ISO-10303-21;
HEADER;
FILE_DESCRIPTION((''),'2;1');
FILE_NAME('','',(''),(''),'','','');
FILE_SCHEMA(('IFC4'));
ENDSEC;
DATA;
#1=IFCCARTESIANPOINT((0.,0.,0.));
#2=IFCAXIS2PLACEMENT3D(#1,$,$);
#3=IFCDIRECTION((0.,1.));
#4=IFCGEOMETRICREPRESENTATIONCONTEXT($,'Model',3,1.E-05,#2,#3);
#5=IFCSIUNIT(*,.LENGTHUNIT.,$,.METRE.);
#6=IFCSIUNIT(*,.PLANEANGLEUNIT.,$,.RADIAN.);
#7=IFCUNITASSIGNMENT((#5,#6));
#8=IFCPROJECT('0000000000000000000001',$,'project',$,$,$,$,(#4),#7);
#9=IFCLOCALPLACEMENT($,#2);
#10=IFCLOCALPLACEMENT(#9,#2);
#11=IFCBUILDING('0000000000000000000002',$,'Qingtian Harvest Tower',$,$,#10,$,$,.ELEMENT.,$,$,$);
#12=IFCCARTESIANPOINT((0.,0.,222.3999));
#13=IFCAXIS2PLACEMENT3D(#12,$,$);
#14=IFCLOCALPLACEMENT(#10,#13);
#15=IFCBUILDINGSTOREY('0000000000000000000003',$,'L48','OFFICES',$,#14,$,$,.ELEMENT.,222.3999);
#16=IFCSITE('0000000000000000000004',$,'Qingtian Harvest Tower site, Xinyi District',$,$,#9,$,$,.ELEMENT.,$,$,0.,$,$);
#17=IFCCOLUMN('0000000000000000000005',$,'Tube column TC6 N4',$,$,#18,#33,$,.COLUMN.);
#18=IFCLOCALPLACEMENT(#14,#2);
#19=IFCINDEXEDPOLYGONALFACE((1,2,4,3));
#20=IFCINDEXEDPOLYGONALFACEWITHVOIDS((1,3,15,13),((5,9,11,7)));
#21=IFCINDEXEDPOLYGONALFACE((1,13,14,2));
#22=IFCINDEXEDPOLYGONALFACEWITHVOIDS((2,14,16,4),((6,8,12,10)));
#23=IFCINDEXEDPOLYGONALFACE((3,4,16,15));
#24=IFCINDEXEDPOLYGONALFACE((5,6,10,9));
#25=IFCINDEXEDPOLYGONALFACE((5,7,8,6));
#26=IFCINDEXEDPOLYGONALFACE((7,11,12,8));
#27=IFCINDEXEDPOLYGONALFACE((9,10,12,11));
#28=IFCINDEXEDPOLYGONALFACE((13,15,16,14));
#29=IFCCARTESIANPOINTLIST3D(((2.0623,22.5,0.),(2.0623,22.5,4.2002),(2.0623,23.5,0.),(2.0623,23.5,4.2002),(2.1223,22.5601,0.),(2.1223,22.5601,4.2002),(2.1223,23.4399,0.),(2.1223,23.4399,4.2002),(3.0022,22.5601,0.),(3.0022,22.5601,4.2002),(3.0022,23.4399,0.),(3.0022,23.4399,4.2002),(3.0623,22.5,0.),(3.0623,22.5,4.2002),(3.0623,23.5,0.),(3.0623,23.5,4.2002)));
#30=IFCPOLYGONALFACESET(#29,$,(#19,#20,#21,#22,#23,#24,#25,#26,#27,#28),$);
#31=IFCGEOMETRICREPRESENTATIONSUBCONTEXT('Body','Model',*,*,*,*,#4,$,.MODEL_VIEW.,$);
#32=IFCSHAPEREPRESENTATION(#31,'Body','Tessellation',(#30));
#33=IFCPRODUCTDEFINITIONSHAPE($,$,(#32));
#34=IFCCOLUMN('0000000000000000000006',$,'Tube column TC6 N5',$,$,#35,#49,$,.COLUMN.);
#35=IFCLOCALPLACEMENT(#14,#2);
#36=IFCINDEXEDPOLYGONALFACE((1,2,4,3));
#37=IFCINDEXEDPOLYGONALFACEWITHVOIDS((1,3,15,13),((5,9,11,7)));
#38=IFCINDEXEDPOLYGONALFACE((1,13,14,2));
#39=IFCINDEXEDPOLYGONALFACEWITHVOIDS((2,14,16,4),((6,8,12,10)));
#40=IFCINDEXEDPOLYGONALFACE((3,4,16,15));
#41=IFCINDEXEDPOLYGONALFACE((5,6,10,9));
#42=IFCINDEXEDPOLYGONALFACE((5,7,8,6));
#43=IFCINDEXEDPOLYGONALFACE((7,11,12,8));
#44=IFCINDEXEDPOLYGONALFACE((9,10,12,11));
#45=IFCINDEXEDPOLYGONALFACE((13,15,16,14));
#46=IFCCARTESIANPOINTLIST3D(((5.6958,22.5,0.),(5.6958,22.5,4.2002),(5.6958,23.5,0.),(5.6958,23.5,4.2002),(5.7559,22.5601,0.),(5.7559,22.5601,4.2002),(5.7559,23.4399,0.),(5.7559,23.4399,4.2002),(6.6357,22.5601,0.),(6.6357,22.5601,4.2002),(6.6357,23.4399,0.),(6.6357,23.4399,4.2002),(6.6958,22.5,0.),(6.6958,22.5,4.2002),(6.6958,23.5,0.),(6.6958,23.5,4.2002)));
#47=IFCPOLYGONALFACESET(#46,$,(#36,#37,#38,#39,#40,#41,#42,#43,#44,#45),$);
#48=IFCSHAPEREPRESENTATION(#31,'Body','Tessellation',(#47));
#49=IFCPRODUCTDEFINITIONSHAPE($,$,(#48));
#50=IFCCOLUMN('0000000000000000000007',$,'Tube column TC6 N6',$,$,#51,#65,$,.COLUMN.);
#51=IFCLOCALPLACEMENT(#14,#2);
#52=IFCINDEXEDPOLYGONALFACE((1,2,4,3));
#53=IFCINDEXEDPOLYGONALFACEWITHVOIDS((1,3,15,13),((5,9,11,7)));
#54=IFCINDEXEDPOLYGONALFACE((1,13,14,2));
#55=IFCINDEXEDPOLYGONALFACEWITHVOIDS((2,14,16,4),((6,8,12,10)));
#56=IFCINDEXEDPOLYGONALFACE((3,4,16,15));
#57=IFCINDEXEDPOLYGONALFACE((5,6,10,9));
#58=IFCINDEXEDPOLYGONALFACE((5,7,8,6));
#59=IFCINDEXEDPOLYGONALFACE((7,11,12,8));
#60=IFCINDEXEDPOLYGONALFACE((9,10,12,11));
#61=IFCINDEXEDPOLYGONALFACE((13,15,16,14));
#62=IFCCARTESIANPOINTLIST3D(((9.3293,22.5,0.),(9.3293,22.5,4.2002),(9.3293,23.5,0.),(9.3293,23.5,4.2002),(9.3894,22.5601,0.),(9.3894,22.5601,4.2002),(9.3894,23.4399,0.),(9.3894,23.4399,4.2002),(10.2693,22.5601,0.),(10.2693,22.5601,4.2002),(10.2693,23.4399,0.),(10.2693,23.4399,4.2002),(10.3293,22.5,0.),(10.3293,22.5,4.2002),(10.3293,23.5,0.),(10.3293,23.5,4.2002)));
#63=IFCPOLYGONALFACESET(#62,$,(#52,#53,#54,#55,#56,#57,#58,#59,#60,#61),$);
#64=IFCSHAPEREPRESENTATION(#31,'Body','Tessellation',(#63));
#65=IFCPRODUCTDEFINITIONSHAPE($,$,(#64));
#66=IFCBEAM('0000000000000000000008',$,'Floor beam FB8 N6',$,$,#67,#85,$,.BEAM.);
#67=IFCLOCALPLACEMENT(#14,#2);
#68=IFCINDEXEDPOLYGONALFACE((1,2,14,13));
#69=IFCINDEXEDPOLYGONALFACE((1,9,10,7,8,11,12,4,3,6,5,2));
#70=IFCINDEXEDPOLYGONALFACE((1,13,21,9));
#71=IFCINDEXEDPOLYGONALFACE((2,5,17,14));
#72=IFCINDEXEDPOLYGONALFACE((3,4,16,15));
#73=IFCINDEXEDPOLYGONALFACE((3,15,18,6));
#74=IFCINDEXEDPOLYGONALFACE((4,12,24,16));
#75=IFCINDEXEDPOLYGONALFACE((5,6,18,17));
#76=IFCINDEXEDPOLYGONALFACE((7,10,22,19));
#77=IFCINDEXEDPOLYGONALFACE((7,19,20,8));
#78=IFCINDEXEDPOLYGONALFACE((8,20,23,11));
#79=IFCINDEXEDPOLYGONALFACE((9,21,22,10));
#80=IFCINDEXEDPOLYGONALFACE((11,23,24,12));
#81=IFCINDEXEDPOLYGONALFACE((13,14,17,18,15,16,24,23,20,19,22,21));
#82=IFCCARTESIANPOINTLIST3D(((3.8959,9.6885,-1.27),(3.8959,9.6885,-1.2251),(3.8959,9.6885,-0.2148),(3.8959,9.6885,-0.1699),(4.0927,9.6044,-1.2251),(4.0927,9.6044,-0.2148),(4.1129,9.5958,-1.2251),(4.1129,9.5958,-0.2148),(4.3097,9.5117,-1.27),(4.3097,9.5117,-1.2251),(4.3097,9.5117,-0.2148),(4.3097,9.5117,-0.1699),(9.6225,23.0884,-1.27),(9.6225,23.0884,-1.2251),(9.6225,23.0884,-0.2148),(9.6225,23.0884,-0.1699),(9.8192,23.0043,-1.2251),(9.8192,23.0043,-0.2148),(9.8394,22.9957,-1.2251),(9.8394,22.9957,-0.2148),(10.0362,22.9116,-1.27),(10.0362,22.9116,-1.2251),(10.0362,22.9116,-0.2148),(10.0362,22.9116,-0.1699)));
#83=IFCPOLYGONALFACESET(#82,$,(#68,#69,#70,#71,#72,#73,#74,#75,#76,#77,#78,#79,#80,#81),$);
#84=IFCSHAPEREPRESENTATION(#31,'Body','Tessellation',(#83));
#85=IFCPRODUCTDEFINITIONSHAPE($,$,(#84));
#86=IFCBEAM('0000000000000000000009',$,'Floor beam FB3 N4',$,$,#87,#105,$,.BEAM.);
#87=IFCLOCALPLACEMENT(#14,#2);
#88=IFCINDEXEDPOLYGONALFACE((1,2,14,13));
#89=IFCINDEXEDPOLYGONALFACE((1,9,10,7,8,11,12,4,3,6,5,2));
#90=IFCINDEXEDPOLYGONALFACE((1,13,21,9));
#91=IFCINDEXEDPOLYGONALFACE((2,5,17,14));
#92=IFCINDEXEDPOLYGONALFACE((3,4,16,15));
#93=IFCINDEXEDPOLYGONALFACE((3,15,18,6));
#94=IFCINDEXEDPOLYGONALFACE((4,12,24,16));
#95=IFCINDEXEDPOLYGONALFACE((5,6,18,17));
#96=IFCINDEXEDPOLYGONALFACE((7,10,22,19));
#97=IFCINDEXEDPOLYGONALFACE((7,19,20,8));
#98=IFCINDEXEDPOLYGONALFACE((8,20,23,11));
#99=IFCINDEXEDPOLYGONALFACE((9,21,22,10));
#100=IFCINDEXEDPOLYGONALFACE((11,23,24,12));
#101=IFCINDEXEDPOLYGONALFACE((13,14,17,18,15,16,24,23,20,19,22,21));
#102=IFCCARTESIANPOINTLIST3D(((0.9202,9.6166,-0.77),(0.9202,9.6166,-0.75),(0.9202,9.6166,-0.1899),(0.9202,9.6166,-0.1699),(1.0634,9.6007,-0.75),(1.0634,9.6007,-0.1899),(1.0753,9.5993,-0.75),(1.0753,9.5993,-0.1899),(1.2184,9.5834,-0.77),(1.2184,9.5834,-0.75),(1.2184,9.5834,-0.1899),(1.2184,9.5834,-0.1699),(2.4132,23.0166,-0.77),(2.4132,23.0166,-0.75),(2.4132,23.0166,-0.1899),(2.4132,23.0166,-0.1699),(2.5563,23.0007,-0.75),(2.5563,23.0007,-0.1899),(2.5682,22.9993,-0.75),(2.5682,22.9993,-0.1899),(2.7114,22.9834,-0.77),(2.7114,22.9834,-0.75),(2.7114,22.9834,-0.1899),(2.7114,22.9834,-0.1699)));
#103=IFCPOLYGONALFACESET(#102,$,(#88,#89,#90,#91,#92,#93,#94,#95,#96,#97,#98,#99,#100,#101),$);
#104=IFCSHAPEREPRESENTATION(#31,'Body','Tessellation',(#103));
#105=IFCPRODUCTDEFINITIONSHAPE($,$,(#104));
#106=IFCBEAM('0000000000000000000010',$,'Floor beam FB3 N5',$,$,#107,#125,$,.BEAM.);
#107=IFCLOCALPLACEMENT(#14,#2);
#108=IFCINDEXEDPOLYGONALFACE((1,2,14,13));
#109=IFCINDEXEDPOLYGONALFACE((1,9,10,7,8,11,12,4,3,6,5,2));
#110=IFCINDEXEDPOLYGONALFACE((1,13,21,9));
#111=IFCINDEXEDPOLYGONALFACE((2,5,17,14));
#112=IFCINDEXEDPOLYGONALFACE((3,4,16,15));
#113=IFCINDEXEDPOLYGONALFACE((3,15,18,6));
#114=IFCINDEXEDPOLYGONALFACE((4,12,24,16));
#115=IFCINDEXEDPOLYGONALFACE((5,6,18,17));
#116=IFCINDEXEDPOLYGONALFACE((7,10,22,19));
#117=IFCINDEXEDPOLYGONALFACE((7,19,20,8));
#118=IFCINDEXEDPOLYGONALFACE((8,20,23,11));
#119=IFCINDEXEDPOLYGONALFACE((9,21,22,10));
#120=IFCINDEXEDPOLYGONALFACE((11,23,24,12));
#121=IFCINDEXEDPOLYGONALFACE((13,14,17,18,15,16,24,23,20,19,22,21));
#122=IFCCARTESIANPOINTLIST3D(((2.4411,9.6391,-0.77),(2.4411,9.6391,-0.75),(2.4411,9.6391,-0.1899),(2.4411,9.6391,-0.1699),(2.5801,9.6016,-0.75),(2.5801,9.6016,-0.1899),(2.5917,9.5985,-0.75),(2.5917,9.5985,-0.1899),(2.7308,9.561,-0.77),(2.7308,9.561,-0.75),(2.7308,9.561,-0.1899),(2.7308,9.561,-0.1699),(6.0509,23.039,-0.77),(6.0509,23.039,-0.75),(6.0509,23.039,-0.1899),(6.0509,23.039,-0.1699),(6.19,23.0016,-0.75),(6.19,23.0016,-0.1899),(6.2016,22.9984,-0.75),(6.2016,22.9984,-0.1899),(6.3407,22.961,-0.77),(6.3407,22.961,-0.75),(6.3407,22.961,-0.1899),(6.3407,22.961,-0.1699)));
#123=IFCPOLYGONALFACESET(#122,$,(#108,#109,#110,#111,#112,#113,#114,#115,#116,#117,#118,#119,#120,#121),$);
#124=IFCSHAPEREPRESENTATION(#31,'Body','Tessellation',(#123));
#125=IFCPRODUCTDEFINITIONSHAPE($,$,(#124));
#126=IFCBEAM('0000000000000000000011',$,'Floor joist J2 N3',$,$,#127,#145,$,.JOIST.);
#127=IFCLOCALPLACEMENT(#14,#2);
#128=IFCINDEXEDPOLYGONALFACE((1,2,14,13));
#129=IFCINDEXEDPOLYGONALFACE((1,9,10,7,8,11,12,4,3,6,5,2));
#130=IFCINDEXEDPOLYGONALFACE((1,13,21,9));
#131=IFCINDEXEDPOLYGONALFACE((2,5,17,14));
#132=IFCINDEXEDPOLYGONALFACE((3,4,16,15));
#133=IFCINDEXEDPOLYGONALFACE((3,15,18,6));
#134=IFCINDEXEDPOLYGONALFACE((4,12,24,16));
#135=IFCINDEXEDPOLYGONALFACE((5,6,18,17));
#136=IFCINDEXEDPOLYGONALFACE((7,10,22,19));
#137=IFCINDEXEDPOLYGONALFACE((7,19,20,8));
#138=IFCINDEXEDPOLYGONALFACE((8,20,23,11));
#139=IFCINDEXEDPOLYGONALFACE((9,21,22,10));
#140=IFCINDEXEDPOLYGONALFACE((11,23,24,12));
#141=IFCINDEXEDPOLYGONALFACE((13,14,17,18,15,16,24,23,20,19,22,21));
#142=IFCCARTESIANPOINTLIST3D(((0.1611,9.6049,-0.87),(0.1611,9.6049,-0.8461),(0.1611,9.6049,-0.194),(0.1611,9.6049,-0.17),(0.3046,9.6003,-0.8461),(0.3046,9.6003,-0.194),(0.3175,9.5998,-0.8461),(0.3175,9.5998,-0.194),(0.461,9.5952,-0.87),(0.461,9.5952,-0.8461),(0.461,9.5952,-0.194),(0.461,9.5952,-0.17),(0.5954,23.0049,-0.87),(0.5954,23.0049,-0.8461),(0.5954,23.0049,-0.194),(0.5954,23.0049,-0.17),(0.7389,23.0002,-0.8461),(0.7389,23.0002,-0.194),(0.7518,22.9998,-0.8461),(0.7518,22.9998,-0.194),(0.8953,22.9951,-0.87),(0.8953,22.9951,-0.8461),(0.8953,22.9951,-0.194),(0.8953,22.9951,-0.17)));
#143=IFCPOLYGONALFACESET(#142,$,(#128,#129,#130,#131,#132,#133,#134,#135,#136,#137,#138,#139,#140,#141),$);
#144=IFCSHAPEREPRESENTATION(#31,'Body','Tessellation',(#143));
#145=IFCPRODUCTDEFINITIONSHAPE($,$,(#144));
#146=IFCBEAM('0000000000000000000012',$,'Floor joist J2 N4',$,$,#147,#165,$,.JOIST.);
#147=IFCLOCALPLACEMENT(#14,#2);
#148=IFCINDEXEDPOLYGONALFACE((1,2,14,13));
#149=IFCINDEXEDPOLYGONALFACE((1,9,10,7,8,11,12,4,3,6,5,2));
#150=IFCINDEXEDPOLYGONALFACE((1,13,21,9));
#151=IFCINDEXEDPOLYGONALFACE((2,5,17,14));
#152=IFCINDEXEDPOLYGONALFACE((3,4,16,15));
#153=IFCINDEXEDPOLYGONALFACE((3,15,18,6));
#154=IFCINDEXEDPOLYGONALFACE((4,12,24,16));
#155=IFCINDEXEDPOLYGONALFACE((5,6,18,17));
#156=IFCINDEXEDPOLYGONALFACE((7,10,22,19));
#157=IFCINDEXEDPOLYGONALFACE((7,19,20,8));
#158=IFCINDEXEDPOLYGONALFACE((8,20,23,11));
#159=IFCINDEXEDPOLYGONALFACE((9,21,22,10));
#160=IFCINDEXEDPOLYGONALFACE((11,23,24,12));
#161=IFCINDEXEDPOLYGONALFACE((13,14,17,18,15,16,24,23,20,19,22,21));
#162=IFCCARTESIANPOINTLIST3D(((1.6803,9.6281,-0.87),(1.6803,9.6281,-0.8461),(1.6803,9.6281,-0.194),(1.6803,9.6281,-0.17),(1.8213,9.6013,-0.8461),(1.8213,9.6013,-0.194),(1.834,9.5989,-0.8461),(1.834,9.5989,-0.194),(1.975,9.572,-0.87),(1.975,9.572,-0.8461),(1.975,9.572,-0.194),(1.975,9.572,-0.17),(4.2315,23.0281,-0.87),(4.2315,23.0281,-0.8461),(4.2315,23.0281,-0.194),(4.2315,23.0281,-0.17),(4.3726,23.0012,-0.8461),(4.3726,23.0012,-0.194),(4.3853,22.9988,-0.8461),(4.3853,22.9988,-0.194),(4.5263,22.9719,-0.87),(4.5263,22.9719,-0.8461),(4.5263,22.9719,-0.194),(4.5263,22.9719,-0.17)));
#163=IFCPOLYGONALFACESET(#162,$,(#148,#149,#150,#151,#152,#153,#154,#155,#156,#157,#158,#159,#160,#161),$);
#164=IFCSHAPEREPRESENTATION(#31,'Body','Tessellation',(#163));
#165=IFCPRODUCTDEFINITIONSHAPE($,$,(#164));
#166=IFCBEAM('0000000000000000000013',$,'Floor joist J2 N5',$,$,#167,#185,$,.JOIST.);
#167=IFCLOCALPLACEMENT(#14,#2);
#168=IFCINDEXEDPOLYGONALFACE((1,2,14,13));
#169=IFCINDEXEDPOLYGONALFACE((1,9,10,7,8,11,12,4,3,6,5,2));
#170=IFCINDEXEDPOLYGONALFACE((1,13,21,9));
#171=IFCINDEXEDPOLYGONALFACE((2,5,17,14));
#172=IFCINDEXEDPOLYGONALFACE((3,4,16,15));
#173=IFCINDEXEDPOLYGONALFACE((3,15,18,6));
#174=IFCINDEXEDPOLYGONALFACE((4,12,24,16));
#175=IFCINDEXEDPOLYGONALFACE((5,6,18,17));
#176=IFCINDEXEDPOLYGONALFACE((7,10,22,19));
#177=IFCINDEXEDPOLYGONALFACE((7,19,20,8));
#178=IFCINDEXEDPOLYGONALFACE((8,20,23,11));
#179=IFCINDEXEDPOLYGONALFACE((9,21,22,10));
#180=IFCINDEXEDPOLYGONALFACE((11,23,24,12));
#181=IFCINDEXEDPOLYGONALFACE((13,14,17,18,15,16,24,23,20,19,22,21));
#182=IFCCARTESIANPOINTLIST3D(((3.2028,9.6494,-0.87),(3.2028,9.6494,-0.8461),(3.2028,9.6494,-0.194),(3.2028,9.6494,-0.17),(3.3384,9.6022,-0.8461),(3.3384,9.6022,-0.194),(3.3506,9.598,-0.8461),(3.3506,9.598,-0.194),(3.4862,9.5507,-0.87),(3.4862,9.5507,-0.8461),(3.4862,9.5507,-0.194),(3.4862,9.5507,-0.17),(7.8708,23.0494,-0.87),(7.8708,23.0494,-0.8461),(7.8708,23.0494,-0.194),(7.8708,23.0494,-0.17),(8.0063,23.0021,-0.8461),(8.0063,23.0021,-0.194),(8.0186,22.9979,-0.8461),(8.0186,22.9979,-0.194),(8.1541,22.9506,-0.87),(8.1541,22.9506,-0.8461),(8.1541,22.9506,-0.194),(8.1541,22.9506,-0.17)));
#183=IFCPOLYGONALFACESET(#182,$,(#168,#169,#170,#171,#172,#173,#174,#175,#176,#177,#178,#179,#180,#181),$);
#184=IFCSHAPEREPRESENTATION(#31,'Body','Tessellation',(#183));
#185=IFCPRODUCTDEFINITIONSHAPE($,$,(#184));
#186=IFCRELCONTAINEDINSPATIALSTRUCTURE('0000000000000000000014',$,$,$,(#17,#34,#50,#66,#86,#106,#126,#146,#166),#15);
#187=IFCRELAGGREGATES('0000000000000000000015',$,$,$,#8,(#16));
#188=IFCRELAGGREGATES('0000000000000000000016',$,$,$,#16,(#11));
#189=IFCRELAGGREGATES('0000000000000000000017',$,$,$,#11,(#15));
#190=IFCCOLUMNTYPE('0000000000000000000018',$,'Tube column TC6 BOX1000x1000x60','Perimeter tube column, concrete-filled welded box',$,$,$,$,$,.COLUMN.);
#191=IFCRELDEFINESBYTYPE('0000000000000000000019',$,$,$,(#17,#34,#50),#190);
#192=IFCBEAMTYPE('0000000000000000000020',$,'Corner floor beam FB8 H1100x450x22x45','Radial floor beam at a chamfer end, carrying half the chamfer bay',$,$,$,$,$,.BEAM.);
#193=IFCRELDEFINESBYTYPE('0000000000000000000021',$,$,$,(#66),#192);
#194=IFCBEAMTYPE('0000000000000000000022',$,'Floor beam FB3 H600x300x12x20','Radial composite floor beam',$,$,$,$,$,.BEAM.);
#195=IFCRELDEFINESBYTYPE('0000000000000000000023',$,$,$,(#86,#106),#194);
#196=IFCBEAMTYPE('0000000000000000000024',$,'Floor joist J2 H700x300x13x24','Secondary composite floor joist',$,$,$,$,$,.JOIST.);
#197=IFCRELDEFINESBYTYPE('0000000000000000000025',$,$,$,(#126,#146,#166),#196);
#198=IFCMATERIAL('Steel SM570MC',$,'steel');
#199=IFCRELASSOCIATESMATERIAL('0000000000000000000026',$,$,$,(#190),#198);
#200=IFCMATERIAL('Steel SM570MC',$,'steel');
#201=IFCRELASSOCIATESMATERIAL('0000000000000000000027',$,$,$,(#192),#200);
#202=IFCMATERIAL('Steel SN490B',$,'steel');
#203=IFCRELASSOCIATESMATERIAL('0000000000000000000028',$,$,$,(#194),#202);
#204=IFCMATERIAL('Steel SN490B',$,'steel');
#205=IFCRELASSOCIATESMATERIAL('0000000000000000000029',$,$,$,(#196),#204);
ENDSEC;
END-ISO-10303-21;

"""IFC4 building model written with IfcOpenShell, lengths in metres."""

from ifc_helpers import new_model, si_unit, direction, frame, origin, origin_2d, place, context, subcontext, project, spatial, hollow_rectangle, i_section, extrude, material, material_profile, profile_set, type_object, element, save


model = new_model("IFC4")

# Units and contexts
model_context = context("Model", 3, precision=1e-05, world=origin(), true_north=direction((0.0, 1.0)))
body_context = subcontext(model_context, "Body", "Model", "MODEL_VIEW")
ifc_project = project(units=[si_unit("LENGTHUNIT", "METRE"), si_unit("PLANEANGLEUNIT", "RADIAN")], contexts=[model_context])

# Site, building, storey
site_placement = place(None, origin())
site = spatial("IfcSite", under=ifc_project, at=site_placement, Name="Qingtian Harvest Tower site, Xinyi District", CompositionType="ELEMENT", RefElevation=0.0)
building_placement = place(site_placement, origin())
building = spatial("IfcBuilding", under=site, at=building_placement, Name="Qingtian Harvest Tower", CompositionType="ELEMENT")
storey_placement = place(building_placement, frame((0.0, 0.0, 222.3999)))
storey = spatial("IfcBuildingStorey", under=building, at=storey_placement, Name="L48", Description="OFFICES", CompositionType="ELEMENT", Elevation=222.3999)

# Columns
ifc_material_1 = material(Name="Steel SM570MC", Category="steel")
ifc_material_profile_1 = material_profile(ifc_material_1, hollow_rectangle(XDim=1.0, YDim=1.0, WallThickness=0.0601, at=origin_2d()), Name="BOX1000x1000x60")
ifc_profile_set_1 = profile_set([ifc_material_profile_1], Name="Steel SM570MC")
column_type = type_object("IfcColumnType", Name="Tube column TC6 BOX1000x1000x60", Description="Perimeter tube column, concrete-filled welded box", PredefinedType="COLUMN", material=ifc_profile_set_1)
for number, where, z_axis, x_axis, name in (
    (1, (2.5623, 23.0, 0.0), (0.0, 0.0, 1.0), (-1.0, 0.0, 0.0), "Tube column TC6 N4"),
    (2, (6.1958, 23.0, 0.0), (0.0, 0.0, 1.0), (-1.0, 0.0, 0.0), "Tube column TC6 N5"),
    (3, (9.8293, 23.0, 0.0), (0.0, 0.0, 1.0), (-1.0, 0.0, 0.0), "Tube column TC6 N6"),
):
    element("IfcColumn", number, at=place(storey_placement, frame(where, z_axis=z_axis, x_axis=x_axis)), inside=storey, type_object=column_type, Name=name, PredefinedType="COLUMN", context=body_context, shape_type="SweptSolid", body=[
        extrude(hollow_rectangle(XDim=1.0, YDim=1.0, WallThickness=0.0601, at=origin_2d()), origin(), (0.0, 0.0, 1.0), 4.2002),
    ])

# Beams
ifc_material_2 = material(Name="Steel SM570MC", Category="steel")
ifc_material_profile_2 = material_profile(ifc_material_2, i_section(OverallWidth=0.45, OverallDepth=1.1001, WebThickness=0.022, FlangeThickness=0.0449, at=origin_2d()), Name="H1100x450x22x45")
ifc_profile_set_2 = profile_set([ifc_material_profile_2], Name="Steel SM570MC")
beam_type_1 = type_object("IfcBeamType", Name="Corner floor beam FB8 H1100x450x22x45", Description="Radial floor beam at a chamfer end, carrying half the chamfer bay", PredefinedType="BEAM", material=ifc_profile_set_2)
beam_1_placement = place(storey_placement, frame((9.8293, 23.0, -0.72), z_axis=(-0.392977, -0.919548, 0.0), x_axis=(0.919548, -0.392977, 0.0)))
element("IfcBeam", 4, at=beam_1_placement, inside=storey, type_object=beam_type_1, Name="Floor beam FB8 N6", PredefinedType="BEAM", context=body_context, shape_type="SweptSolid", body=[
    extrude(i_section(OverallWidth=0.45, OverallDepth=1.1001, WebThickness=0.022, FlangeThickness=0.0449, at=origin_2d()), origin(), (0.0, 0.0, 1.0), 14.5723),
])
ifc_material_3 = material(Name="Steel SN490B", Category="steel")
ifc_material_profile_3 = material_profile(ifc_material_3, i_section(OverallWidth=0.3, OverallDepth=0.6001, WebThickness=0.012, FlangeThickness=0.02, at=origin_2d()), Name="H600x300x12x20")
ifc_profile_set_3 = profile_set([ifc_material_profile_3], Name="Steel SN490B")
beam_type_2 = type_object("IfcBeamType", Name="Floor beam FB3 H600x300x12x20", Description="Radial composite floor beam", PredefinedType="BEAM", material=ifc_profile_set_3)
beam_2_placement = place(storey_placement, frame((2.5623, 23.0, -0.47), z_axis=(-0.110728, -0.993851, 0.0), x_axis=(0.993851, -0.110728, 0.0)))
element("IfcBeam", 5, at=beam_2_placement, inside=storey, type_object=beam_type_2, Name="Floor beam FB3 N4", PredefinedType="BEAM", context=body_context, shape_type="SweptSolid", body=[
    extrude(i_section(OverallWidth=0.3, OverallDepth=0.6001, WebThickness=0.012, FlangeThickness=0.02, at=origin_2d()), origin(), (0.0, 0.0, 1.0), 13.4829),
])
beam_3_placement = place(storey_placement, frame((6.1958, 23.0, -0.47), z_axis=(-0.260121, -0.965576, 0.0), x_axis=(0.965576, -0.260121, 0.0)))
element("IfcBeam", 6, at=beam_3_placement, inside=storey, type_object=beam_type_2, Name="Floor beam FB3 N5", PredefinedType="BEAM", context=body_context, shape_type="SweptSolid", body=[
    extrude(i_section(OverallWidth=0.3, OverallDepth=0.6001, WebThickness=0.012, FlangeThickness=0.02, at=origin_2d()), origin(), (0.0, 0.0, 1.0), 13.8777),
])
ifc_material_4 = material(Name="Steel SN490B", Category="steel")
ifc_material_profile_4 = material_profile(ifc_material_4, i_section(OverallWidth=0.3, OverallDepth=0.7, WebThickness=0.0129, FlangeThickness=0.0239, at=origin_2d()), Name="H700x300x13x24")
ifc_profile_set_4 = profile_set([ifc_material_profile_4], Name="Steel SN490B")
beam_type_3 = type_object("IfcBeamType", Name="Floor joist J2 H700x300x13x24", Description="Secondary composite floor joist", PredefinedType="JOIST", material=ifc_profile_set_4)
beam_4_placement = place(storey_placement, frame((0.7454, 23.0, -0.52), z_axis=(-0.032396, -0.999475, 0.0), x_axis=(0.999475, -0.032396, 0.0)))
element("IfcBeam", 7, at=beam_4_placement, inside=storey, type_object=beam_type_3, Name="Floor joist J2 N3", PredefinedType="JOIST", context=body_context, shape_type="SweptSolid", body=[
    extrude(i_section(OverallWidth=0.3, OverallDepth=0.7, WebThickness=0.0129, FlangeThickness=0.0239, at=origin_2d()), origin(), (0.0, 0.0, 1.0), 13.407),
])
beam_5_placement = place(storey_placement, frame((4.3789, 23.0, -0.52), z_axis=(-0.187035, -0.982353, 0.0), x_axis=(0.982353, -0.187035, 0.0)))
element("IfcBeam", 8, at=beam_5_placement, inside=storey, type_object=beam_type_3, Name="Floor joist J2 N4", PredefinedType="JOIST", context=body_context, shape_type="SweptSolid", body=[
    extrude(i_section(OverallWidth=0.3, OverallDepth=0.7, WebThickness=0.0129, FlangeThickness=0.0239, at=origin_2d()), origin(), (0.0, 0.0, 1.0), 13.6406),
])
beam_6_placement = place(storey_placement, frame((8.0125, 23.0, -0.52), z_axis=(-0.328969, -0.944341, 0.0), x_axis=(0.944341, -0.328969, 0.0)))
element("IfcBeam", 9, at=beam_6_placement, inside=storey, type_object=beam_type_3, Name="Floor joist J2 N5", PredefinedType="JOIST", context=body_context, shape_type="SweptSolid", body=[
    extrude(i_section(OverallWidth=0.3, OverallDepth=0.7, WebThickness=0.0129, FlangeThickness=0.0239, at=origin_2d()), origin(), (0.0, 0.0, 1.0), 14.1897),
])

save(model, "model.ifc")
